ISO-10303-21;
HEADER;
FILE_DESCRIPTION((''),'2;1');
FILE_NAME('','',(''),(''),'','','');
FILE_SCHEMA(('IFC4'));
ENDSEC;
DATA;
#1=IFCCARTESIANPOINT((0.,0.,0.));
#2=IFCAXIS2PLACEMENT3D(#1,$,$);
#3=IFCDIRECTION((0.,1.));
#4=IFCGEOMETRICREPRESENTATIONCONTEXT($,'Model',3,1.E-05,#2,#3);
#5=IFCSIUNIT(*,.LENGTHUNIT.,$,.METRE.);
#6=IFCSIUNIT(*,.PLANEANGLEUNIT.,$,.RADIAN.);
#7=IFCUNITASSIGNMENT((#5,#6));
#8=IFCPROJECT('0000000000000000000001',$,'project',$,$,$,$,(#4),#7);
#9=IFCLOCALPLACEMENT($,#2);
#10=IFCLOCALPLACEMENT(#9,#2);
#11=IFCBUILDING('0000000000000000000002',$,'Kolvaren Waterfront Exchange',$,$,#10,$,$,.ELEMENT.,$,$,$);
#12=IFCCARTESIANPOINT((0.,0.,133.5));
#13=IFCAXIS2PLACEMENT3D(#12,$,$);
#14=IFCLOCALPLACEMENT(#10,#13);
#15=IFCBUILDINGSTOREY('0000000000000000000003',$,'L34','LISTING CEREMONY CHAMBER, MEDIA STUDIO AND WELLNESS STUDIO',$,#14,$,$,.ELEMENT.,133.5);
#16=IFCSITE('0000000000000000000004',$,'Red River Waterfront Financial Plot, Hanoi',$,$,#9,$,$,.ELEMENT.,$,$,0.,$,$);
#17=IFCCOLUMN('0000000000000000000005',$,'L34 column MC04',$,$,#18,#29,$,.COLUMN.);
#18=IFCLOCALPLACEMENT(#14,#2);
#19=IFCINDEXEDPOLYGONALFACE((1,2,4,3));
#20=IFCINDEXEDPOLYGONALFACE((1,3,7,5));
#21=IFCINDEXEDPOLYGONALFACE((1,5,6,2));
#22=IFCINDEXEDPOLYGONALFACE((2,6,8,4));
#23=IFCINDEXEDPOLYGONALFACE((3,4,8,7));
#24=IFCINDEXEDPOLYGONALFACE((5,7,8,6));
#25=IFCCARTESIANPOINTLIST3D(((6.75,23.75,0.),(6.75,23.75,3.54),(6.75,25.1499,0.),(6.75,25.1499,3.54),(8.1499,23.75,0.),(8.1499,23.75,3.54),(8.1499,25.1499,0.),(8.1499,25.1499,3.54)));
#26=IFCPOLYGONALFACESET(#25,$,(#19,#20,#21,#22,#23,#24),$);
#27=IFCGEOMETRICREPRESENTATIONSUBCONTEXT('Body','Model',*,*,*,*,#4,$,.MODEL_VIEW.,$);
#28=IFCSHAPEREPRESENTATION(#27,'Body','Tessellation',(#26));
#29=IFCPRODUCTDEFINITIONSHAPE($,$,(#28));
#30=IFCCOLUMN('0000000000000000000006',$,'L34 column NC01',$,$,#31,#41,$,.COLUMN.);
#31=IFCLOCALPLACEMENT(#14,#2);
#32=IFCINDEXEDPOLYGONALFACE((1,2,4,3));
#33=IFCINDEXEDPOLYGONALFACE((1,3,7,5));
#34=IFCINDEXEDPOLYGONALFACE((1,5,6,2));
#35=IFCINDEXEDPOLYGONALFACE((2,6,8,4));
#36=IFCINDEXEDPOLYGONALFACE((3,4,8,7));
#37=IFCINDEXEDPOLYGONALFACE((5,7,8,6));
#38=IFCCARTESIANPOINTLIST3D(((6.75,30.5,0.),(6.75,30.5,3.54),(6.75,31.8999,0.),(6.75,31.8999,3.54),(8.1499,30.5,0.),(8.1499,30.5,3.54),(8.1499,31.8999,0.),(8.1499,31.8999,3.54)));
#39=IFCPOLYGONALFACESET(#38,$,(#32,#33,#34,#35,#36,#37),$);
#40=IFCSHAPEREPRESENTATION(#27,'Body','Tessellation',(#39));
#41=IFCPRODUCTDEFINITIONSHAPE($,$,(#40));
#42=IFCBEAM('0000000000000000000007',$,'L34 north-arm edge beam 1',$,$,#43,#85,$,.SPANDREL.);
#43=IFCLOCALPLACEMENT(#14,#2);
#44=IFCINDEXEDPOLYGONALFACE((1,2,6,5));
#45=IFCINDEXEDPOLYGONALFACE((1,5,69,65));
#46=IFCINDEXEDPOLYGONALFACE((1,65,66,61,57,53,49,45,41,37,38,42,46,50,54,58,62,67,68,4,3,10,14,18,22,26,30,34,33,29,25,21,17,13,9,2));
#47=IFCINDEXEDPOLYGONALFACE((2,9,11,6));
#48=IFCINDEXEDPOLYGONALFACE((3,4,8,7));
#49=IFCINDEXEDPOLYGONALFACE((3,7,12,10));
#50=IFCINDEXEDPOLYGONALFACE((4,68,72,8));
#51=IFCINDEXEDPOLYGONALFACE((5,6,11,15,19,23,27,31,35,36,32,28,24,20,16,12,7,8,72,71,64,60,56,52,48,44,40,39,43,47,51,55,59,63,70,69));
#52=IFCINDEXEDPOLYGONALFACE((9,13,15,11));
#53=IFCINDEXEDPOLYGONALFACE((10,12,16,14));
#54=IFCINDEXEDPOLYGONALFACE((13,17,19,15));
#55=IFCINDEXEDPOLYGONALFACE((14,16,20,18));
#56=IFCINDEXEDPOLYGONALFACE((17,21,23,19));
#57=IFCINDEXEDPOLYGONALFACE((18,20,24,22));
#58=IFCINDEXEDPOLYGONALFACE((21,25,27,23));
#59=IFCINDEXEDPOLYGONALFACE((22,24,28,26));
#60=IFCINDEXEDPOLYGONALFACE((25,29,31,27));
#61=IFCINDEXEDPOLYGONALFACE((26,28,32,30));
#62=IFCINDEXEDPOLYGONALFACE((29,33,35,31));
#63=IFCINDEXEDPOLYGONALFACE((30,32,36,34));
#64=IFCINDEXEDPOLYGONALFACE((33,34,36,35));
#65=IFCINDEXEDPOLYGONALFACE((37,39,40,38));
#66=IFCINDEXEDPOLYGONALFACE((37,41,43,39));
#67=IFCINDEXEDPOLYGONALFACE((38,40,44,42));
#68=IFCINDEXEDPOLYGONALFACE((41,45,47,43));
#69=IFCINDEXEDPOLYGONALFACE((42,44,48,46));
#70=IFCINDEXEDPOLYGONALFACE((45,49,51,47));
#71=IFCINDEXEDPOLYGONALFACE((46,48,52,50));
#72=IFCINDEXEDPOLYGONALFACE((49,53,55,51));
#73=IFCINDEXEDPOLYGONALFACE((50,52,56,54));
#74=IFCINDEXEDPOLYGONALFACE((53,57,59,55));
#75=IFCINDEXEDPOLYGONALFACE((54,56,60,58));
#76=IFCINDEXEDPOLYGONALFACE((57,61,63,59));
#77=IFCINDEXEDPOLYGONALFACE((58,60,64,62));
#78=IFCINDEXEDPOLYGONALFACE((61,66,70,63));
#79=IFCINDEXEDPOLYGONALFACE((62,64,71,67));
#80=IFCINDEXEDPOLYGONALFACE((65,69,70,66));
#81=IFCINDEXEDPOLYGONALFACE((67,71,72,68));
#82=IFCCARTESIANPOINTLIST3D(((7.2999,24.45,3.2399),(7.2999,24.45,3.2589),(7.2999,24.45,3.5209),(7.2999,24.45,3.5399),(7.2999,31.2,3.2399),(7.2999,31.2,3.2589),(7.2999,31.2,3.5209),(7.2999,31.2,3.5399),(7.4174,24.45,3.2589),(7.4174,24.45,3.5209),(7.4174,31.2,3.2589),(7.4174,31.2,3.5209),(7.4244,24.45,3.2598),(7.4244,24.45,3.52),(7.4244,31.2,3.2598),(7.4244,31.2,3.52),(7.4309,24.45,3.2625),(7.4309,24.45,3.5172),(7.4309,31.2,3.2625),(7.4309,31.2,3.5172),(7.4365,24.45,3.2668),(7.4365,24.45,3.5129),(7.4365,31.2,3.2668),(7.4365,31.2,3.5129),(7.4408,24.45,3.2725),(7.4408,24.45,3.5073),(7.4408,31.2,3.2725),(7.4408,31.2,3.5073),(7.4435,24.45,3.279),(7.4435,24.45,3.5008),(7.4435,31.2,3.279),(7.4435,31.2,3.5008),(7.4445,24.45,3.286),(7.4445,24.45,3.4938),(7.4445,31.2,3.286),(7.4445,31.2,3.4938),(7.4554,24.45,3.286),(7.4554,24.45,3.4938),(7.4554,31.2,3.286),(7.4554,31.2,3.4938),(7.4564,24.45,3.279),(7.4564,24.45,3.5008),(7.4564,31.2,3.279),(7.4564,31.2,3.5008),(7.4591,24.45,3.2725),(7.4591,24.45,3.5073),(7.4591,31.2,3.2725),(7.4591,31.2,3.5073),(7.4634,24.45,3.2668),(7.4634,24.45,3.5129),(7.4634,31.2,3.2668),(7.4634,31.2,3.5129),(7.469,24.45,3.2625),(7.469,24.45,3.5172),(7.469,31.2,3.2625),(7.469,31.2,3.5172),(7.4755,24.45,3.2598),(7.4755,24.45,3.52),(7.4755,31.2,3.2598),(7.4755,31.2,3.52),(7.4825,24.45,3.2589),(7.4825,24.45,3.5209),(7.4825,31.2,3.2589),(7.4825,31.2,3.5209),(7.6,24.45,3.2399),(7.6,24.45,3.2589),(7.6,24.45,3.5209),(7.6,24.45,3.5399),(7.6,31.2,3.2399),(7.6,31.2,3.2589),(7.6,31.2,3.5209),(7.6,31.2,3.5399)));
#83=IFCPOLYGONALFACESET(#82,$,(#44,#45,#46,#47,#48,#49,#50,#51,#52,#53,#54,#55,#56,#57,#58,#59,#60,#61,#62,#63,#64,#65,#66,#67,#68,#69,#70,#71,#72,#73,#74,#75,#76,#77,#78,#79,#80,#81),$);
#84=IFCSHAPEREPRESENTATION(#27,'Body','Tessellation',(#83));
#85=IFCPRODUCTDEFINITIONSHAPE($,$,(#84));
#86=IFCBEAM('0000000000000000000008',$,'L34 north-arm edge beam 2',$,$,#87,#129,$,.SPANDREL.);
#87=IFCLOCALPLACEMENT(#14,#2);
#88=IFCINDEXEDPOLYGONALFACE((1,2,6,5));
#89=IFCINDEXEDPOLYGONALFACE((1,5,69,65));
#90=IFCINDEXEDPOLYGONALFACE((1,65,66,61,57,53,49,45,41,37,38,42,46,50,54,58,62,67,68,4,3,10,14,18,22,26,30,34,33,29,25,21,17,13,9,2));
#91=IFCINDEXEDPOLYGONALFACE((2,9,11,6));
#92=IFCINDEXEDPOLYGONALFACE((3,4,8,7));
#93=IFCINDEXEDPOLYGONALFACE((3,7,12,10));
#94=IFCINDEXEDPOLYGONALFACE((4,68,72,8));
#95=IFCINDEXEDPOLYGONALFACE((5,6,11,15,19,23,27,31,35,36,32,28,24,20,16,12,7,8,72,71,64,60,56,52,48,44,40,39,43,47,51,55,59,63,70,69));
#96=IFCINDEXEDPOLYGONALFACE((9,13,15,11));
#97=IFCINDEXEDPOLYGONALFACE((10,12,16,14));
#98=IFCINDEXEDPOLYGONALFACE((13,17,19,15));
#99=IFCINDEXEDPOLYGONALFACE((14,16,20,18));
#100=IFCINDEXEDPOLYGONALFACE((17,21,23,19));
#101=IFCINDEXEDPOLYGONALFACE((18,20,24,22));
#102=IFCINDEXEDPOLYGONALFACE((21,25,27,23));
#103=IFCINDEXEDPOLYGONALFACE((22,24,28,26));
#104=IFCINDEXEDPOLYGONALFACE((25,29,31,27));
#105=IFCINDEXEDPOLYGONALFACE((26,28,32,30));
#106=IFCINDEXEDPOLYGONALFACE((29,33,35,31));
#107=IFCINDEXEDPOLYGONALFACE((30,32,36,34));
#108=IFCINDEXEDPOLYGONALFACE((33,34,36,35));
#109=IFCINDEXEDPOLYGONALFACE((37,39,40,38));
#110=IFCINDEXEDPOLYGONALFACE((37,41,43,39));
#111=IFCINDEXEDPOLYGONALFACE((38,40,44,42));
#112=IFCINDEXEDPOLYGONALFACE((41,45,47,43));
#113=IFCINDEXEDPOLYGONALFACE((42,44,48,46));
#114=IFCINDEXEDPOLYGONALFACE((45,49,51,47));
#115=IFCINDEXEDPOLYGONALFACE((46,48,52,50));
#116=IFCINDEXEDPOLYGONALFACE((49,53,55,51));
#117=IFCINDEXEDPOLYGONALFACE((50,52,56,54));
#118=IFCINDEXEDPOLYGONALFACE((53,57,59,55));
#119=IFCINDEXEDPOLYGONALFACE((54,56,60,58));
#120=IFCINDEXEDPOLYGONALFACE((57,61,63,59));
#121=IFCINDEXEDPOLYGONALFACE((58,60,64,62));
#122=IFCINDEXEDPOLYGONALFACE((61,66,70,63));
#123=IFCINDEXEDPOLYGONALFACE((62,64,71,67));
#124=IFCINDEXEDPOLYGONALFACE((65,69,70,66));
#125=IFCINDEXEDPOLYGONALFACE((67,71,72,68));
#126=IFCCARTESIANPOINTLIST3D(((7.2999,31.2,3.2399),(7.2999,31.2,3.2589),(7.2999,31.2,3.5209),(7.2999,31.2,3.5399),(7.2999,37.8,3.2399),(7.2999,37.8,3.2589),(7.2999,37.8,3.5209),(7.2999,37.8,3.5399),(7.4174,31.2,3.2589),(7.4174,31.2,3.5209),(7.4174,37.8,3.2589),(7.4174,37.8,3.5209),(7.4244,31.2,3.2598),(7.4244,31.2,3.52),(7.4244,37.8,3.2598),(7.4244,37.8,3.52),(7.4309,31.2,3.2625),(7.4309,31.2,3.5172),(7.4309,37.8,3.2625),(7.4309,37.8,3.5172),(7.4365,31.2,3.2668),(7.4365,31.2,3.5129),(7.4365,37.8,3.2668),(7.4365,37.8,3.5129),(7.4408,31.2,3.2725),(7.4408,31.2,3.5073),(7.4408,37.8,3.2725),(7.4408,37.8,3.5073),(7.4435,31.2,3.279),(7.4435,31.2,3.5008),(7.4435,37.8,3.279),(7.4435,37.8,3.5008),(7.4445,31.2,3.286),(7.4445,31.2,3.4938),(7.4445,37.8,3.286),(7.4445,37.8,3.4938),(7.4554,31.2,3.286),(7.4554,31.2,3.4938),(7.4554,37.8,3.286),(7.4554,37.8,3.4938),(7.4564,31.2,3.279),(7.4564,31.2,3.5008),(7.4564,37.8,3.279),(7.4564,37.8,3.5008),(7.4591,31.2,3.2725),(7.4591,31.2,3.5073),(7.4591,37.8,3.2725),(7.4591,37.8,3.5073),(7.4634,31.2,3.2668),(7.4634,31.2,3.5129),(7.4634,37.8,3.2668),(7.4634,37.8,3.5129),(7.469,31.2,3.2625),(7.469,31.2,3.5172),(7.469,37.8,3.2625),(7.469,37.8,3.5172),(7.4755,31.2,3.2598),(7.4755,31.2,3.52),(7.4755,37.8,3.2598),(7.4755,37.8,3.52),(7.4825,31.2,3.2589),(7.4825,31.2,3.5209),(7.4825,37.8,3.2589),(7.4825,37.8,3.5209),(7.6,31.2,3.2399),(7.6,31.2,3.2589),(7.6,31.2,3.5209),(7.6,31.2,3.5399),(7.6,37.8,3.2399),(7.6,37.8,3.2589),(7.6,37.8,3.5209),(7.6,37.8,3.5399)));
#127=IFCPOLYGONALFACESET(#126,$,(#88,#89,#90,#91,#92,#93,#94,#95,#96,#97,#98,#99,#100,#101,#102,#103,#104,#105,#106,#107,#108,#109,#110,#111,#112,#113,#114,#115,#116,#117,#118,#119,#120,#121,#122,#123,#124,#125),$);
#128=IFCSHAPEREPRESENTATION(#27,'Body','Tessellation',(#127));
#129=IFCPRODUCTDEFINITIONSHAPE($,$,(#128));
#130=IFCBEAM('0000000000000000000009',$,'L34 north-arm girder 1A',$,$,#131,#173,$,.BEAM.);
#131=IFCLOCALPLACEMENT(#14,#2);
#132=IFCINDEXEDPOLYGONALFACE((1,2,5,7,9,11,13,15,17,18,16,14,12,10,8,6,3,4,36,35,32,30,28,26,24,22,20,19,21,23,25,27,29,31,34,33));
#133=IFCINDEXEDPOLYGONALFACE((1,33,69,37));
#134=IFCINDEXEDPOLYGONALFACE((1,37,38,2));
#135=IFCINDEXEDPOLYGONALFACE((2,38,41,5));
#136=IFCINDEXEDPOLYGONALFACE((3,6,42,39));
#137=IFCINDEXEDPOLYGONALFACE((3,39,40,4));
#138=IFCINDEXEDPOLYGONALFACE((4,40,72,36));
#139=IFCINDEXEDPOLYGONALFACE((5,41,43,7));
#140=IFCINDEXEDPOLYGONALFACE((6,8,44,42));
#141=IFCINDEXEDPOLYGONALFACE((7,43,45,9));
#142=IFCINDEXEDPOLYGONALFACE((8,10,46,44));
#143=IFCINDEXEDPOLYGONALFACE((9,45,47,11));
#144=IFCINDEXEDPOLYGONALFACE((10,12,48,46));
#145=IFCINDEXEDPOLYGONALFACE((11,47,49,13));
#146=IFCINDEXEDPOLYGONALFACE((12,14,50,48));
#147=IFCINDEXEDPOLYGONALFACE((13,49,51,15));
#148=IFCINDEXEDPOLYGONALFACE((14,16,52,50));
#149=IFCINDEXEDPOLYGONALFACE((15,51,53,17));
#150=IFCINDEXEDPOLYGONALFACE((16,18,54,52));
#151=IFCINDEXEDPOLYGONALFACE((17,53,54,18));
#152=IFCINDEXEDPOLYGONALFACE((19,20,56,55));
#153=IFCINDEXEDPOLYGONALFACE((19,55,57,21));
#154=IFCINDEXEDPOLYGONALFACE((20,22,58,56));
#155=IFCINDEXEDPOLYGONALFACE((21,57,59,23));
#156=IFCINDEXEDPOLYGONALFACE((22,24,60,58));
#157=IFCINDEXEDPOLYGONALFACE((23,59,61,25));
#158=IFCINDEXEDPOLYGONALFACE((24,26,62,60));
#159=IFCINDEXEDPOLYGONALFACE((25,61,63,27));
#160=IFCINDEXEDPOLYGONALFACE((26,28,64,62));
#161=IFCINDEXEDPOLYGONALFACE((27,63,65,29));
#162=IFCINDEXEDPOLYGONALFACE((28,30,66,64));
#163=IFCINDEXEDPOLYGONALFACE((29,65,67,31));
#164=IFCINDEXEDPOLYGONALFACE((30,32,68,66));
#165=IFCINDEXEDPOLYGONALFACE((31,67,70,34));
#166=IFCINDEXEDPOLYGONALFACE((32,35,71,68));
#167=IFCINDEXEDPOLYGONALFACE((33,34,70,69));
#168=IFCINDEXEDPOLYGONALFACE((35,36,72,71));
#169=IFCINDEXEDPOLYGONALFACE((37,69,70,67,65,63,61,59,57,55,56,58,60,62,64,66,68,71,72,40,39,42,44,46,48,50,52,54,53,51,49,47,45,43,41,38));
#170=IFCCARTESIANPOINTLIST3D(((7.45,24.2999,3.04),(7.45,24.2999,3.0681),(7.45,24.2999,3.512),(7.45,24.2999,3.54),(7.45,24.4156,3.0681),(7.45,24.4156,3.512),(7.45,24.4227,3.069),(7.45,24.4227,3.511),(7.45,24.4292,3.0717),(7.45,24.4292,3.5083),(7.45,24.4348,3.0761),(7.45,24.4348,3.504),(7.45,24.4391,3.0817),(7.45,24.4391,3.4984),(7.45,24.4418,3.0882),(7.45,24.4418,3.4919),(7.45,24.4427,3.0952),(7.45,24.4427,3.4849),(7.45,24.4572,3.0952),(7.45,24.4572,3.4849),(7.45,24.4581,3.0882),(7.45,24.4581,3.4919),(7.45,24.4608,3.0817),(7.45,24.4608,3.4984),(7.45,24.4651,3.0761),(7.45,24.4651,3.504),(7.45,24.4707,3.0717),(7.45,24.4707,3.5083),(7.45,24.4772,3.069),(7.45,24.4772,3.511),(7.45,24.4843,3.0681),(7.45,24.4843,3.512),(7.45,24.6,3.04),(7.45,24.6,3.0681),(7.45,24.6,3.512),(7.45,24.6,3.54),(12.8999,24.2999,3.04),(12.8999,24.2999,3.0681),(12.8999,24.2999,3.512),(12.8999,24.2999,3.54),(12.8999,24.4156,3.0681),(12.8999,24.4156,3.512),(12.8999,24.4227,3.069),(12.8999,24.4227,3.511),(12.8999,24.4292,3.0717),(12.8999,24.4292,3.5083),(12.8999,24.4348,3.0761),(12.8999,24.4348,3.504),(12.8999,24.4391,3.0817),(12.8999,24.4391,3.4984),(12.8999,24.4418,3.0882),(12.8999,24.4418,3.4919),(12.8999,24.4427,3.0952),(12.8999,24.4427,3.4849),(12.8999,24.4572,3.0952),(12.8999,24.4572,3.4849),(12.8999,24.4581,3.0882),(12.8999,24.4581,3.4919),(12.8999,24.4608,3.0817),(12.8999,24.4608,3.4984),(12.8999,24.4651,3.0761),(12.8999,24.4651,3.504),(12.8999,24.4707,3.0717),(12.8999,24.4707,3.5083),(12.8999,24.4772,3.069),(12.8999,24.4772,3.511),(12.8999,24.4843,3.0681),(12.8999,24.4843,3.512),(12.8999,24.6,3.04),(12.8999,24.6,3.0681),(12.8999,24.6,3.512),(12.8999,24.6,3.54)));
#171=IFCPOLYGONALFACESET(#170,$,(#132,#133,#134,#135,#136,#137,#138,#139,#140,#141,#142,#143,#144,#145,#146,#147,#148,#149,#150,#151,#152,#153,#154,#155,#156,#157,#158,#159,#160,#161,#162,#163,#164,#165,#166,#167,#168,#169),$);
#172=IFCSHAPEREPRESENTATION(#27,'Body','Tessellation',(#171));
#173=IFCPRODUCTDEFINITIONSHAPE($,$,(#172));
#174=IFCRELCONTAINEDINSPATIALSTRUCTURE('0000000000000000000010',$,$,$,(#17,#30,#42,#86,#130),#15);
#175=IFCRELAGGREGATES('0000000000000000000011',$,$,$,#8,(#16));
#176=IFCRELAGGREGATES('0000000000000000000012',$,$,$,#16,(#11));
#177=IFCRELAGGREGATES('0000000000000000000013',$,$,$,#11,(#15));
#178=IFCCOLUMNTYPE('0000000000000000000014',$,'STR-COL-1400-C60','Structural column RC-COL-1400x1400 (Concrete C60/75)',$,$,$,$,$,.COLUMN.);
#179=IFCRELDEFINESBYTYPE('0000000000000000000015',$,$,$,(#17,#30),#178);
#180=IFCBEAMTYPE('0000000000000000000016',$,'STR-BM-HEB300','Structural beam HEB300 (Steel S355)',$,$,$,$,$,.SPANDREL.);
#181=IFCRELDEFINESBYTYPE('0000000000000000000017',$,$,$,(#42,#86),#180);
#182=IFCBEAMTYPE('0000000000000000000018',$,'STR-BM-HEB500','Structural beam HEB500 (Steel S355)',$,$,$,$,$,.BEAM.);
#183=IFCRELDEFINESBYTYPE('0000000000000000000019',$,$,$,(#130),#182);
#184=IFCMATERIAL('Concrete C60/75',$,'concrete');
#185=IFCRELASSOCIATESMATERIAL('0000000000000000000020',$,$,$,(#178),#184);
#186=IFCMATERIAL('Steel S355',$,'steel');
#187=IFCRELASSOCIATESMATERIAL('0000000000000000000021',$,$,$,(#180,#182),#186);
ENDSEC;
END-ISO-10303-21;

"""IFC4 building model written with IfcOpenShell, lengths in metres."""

from ifc_helpers import new_model, si_unit, direction, frame, origin, origin_2d, place, context, subcontext, project, spatial, rectangle, i_section, extrude, material, material_profile, profile_set, type_object, element, save


model = new_model("IFC4")

# Units and contexts
model_context = context("Model", 3, precision=1e-05, world=origin(), true_north=direction((0.0, 1.0)))
body_context = subcontext(model_context, "Body", "Model", "MODEL_VIEW")
ifc_project = project(units=[si_unit("LENGTHUNIT", "METRE"), si_unit("PLANEANGLEUNIT", "RADIAN")], contexts=[model_context])

# Site, building, storey
site_placement = place(None, origin())
site = spatial("IfcSite", under=ifc_project, at=site_placement, Name="Red River Waterfront Financial Plot, Hanoi", CompositionType="ELEMENT", RefElevation=0.0)
building_placement = place(site_placement, origin())
building = spatial("IfcBuilding", under=site, at=building_placement, Name="Kolvaren Waterfront Exchange", CompositionType="ELEMENT")
storey_placement = place(building_placement, frame((0.0, 0.0, 133.5)))
storey = spatial("IfcBuildingStorey", under=building, at=storey_placement, Name="L34", Description="LISTING CEREMONY CHAMBER, MEDIA STUDIO AND WELLNESS STUDIO", CompositionType="ELEMENT", Elevation=133.5)

# Columns
ifc_material_1 = material(Name="Concrete C60/75", Category="concrete")
ifc_material_profile_1 = material_profile(ifc_material_1, rectangle(XDim=1.3999, YDim=1.3999, at=origin_2d()), Name="RC-COL-1400x1400")
ifc_profile_set_1 = profile_set([ifc_material_profile_1], Name="Concrete C60/75")
column_type = type_object("IfcColumnType", Name="STR-COL-1400-C60", Description="Structural column RC-COL-1400x1400 (Concrete C60/75)", PredefinedType="COLUMN", material=ifc_profile_set_1)
for number, where, z_axis, x_axis, name in (
    (1, (7.45, 24.45, 0.0), (0.0, 0.0, 1.0), (1.0, 0.0, 0.0), "L34 column MC04"),
    (2, (7.45, 31.2, 0.0), (0.0, 0.0, 1.0), (1.0, 0.0, 0.0), "L34 column NC01"),
):
    element("IfcColumn", number, at=place(storey_placement, frame(where, z_axis=z_axis, x_axis=x_axis)), inside=storey, type_object=column_type, Name=name, PredefinedType="COLUMN", context=body_context, shape_type="SweptSolid", body=[
        extrude(rectangle(XDim=1.3999, YDim=1.3999, at=origin_2d()), origin(), (0.0, 0.0, 1.0), 3.54),
    ])

# Beams
ifc_material_2 = material(Name="Steel S355", Category="steel")
ifc_material_profile_2 = material_profile(ifc_material_2, i_section(OverallWidth=0.3, OverallDepth=0.3, WebThickness=0.011, FlangeThickness=0.019, FilletRadius=0.0271, at=origin_2d()), Name="HEB300")
ifc_profile_set_2 = profile_set([ifc_material_profile_2], Name="Steel S355")
beam_type_1 = type_object("IfcBeamType", Name="STR-BM-HEB300", Description="Structural beam HEB300 (Steel S355)", PredefinedType="SPANDREL", material=ifc_profile_set_2)
beam_1_placement = place(storey_placement, frame((7.45, 24.45, 3.3899), z_axis=(0.0, 1.0, 0.0), x_axis=(-1.0, 0.0, 0.0)))
element("IfcBeam", 3, at=beam_1_placement, inside=storey, type_object=beam_type_1, Name="L34 north-arm edge beam 1", PredefinedType="SPANDREL", context=body_context, shape_type="SweptSolid", body=[
    extrude(i_section(OverallWidth=0.3, OverallDepth=0.3, WebThickness=0.011, FlangeThickness=0.019, FilletRadius=0.0271, at=origin_2d()), origin(), (0.0, 0.0, 1.0), 6.75),
])
beam_2_placement = place(storey_placement, frame((7.45, 31.2, 3.3899), z_axis=(0.0, 1.0, 0.0), x_axis=(-1.0, 0.0, 0.0)))
element("IfcBeam", 4, at=beam_2_placement, inside=storey, type_object=beam_type_1, Name="L34 north-arm edge beam 2", PredefinedType="SPANDREL", context=body_context, shape_type="SweptSolid", body=[
    extrude(i_section(OverallWidth=0.3, OverallDepth=0.3, WebThickness=0.011, FlangeThickness=0.019, FilletRadius=0.0271, at=origin_2d()), origin(), (0.0, 0.0, 1.0), 6.6001),
])
ifc_material_profile_3 = material_profile(ifc_material_2, i_section(OverallWidth=0.3, OverallDepth=0.5, WebThickness=0.0144, FlangeThickness=0.0281, FilletRadius=0.0271, at=origin_2d()), Name="HEB500")
ifc_profile_set_3 = profile_set([ifc_material_profile_3], Name="Steel S355")
beam_type_2 = type_object("IfcBeamType", Name="STR-BM-HEB500", Description="Structural beam HEB500 (Steel S355)", PredefinedType="BEAM", material=ifc_profile_set_3)
for number, where, z_axis, x_axis, name in (
    (5, (7.45, 24.45, 3.29), (1.0, 0.0, 0.0), (0.0, 1.0, 0.0), "L34 north-arm girder 1A"),
):
    element("IfcBeam", number, at=place(storey_placement, frame(where, z_axis=z_axis, x_axis=x_axis)), inside=storey, type_object=beam_type_2, Name=name, PredefinedType="BEAM", context=body_context, shape_type="SweptSolid", body=[
        extrude(i_section(OverallWidth=0.3, OverallDepth=0.5, WebThickness=0.0144, FlangeThickness=0.0281, FilletRadius=0.0271, at=origin_2d()), origin(), (0.0, 0.0, 1.0), 5.45),
    ])

save(model, "model.ifc")
